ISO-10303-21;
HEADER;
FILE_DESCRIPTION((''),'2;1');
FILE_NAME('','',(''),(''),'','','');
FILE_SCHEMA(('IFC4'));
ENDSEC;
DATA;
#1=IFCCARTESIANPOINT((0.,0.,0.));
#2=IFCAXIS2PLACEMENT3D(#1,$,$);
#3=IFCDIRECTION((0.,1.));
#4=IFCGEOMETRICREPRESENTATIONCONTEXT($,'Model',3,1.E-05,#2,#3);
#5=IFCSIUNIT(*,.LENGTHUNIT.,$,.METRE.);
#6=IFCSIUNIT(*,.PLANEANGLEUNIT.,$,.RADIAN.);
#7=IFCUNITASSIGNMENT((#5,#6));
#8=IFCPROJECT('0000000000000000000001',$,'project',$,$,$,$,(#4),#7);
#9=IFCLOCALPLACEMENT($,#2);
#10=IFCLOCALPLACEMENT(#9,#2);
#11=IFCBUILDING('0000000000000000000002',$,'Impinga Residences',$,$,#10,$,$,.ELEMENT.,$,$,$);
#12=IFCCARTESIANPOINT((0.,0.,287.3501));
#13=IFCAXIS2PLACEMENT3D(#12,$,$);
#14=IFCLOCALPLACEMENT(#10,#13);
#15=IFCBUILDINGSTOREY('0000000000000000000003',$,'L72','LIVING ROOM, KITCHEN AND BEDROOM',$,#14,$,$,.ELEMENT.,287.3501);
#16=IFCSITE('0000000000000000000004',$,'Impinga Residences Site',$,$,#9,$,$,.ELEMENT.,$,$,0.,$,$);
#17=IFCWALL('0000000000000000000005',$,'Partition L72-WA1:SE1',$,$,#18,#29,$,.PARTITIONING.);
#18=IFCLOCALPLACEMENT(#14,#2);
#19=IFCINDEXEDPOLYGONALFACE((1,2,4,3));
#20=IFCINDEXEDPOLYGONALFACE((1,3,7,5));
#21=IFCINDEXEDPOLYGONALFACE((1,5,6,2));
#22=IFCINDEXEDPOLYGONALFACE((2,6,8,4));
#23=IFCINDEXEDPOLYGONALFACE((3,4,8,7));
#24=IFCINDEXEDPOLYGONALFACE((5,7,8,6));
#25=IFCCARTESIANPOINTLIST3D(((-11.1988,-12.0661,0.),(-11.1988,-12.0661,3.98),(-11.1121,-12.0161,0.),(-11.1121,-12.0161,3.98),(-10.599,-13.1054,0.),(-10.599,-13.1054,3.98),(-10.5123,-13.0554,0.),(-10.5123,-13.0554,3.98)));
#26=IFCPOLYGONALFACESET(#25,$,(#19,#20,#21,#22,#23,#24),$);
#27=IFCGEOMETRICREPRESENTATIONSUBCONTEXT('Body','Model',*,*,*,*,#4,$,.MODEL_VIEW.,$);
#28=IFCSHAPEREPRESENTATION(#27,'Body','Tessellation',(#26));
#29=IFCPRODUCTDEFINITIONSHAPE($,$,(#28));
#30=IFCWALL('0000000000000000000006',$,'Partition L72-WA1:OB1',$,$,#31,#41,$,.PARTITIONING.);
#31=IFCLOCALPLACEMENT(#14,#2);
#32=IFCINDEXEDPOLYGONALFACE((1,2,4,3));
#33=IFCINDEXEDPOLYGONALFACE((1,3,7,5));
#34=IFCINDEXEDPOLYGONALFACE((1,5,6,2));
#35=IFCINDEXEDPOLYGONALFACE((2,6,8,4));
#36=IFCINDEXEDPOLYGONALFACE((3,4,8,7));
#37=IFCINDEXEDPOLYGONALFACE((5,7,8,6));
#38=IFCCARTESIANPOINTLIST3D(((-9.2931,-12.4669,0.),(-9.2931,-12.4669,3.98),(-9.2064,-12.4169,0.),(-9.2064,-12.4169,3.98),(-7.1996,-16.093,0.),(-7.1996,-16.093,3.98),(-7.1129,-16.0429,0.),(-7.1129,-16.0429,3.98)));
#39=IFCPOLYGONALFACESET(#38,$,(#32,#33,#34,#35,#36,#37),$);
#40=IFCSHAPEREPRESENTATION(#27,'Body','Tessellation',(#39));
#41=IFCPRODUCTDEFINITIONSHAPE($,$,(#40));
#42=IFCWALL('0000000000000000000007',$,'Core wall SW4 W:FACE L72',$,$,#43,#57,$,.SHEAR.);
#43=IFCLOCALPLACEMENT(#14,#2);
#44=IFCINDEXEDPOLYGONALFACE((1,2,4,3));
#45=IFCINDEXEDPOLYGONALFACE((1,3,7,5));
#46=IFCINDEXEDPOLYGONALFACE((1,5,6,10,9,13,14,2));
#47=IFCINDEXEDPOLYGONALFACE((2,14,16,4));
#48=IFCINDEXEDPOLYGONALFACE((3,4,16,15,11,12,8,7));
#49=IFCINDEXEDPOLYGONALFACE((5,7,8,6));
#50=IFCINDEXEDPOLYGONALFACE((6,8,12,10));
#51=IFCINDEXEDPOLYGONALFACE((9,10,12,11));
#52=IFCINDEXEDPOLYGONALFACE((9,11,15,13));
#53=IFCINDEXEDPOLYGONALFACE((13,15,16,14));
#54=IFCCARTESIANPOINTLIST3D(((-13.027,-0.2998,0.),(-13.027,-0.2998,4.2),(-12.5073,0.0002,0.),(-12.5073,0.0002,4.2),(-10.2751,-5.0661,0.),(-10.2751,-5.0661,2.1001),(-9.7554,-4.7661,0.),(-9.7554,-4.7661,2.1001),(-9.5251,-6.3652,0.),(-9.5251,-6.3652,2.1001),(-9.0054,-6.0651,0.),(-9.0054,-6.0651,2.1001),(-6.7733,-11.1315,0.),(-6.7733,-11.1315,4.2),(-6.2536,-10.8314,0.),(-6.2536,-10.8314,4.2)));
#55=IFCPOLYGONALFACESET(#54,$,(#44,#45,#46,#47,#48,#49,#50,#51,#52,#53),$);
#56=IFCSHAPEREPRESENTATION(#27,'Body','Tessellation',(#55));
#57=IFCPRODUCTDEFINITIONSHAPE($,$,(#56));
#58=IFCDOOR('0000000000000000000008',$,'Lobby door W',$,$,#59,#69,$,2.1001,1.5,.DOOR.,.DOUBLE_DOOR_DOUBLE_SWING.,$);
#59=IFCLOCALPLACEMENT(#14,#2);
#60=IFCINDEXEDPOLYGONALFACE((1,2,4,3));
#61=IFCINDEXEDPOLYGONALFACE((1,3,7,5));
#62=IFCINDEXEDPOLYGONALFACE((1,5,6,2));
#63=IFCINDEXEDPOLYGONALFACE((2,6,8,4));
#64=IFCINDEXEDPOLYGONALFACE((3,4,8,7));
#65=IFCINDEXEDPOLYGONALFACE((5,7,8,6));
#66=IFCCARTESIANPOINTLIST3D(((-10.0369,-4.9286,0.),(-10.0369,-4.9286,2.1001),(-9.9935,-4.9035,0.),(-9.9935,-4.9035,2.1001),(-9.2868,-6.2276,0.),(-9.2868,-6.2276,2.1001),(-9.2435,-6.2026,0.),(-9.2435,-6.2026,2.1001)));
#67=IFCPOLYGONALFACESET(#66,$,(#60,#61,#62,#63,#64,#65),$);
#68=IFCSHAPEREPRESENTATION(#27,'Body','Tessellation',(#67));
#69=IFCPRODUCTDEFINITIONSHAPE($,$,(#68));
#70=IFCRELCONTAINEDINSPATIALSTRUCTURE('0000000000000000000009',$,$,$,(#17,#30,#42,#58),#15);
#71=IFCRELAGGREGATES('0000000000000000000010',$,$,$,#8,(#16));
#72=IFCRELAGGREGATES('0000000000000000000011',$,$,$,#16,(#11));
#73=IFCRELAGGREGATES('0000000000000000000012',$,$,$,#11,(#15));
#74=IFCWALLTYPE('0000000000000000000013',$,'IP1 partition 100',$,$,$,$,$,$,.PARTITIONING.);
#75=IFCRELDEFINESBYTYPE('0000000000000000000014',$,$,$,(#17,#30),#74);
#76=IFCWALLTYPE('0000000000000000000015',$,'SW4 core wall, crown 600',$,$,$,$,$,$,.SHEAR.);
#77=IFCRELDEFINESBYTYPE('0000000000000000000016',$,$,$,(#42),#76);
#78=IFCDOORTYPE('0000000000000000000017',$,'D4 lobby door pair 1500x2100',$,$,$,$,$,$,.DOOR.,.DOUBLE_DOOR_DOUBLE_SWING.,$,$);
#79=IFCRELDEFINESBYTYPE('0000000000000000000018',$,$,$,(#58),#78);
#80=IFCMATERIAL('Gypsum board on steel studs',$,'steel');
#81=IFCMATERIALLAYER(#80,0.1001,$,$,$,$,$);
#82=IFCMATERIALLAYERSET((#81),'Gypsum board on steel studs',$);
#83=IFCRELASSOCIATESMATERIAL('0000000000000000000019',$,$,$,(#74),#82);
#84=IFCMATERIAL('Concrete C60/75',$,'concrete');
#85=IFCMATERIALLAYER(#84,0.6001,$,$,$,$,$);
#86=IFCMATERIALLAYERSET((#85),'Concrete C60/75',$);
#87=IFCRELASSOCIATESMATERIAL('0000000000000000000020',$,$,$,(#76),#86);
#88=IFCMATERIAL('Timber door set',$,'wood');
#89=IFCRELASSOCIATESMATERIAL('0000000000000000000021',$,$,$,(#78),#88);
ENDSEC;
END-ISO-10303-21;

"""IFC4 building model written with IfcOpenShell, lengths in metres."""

from ifc_helpers import new_model, si_unit, direction, frame, frame_2d, origin, place, context, subcontext, project, spatial, rectangle, extrude, material, layer, layer_set, type_object, element, fill, save


model = new_model("IFC4")

# Units and contexts
model_context = context("Model", 3, precision=1e-05, world=origin(), true_north=direction((0.0, 1.0)))
body_context = subcontext(model_context, "Body", "Model", "MODEL_VIEW")
ifc_project = project(units=[si_unit("LENGTHUNIT", "METRE"), si_unit("PLANEANGLEUNIT", "RADIAN")], contexts=[model_context])

# Site, building, storey
site_placement = place(None, origin())
site = spatial("IfcSite", under=ifc_project, at=site_placement, Name="Impinga Residences Site", CompositionType="ELEMENT", RefElevation=0.0)
building_placement = place(site_placement, origin())
building = spatial("IfcBuilding", under=site, at=building_placement, Name="Impinga Residences", CompositionType="ELEMENT")
storey_placement = place(building_placement, frame((0.0, 0.0, 287.3501)))
storey = spatial("IfcBuildingStorey", under=building, at=storey_placement, Name="L72", Description="LIVING ROOM, KITCHEN AND BEDROOM", CompositionType="ELEMENT", Elevation=287.3501)

# Shared definitions
ifc_material_1 = material(Name="Concrete C60/75", Category="concrete")

# Shared definitions
ifc_material_2 = material(Name="Gypsum board on steel studs", Category="steel")
ifc_layer_1 = layer(ifc_material_2, 0.1001)
ifc_layer_set_1 = layer_set([ifc_layer_1], Name="Gypsum board on steel studs")
wall_type_1 = type_object("IfcWallType", Name="IP1 partition 100", PredefinedType="PARTITIONING", material=ifc_layer_set_1)

# Shared definitions
ifc_material_3 = material(Name="Timber door set", Category="wood")

# Walls
wall_1_placement = place(storey_placement, frame((-11.1555, -12.041, 0.0), z_axis=(0.0, 0.0, 1.0), x_axis=(0.499881, -0.866094, 0.0)))
element("IfcWall", 1, at=wall_1_placement, inside=storey, type_object=wall_type_1, Name="Partition L72-WA1:SE1", PredefinedType="PARTITIONING", context=body_context, shape_type="SweptSolid", body=[
    extrude(rectangle(XDim=1.2, YDim=0.1001, at=frame_2d((0.6001, 0.0))), origin(), (0.0, 0.0, 1.0), 3.98),
])
wall_2_placement = place(storey_placement, frame((-9.2498, -12.4419, 0.0), z_axis=(0.0, 0.0, 1.0), x_axis=(0.500008, -0.866021, 0.0)))
element("IfcWall", 2, at=wall_2_placement, inside=storey, type_object=wall_type_1, Name="Partition L72-WA1:OB1", PredefinedType="PARTITIONING", context=body_context, shape_type="SweptSolid", body=[
    extrude(rectangle(XDim=4.187, YDim=0.1001, at=frame_2d((2.0935, 0.0))), origin(), (0.0, 0.0, 1.0), 3.98),
])

# Wall, opening, door
ifc_layer_2 = layer(ifc_material_1, 0.6001)
ifc_layer_set_2 = layer_set([ifc_layer_2], Name="Concrete C60/75")
wall_type_2 = type_object("IfcWallType", Name="SW4 core wall, crown 600", PredefinedType="SHEAR", material=ifc_layer_set_2)
wall_3_placement = place(storey_placement, frame((-6.5134, -10.9814, 0.0), z_axis=(0.0, 0.0, 1.0), x_axis=(-0.500004, 0.866023, 0.0)))
wall_3 = element("IfcWall", 3, at=wall_3_placement, inside=storey, type_object=wall_type_2, Name="Core wall SW4 W:FACE L72", PredefinedType="SHEAR", context=body_context, shape_type="SweptSolid", body=[
    extrude(rectangle(XDim=12.5073, YDim=0.6001, at=frame_2d((6.2537, 0.0))), origin(), (0.0, 0.0, 1.0), 4.2),
])
opening_1_placement = place(wall_3_placement, frame((5.5037, 0.0, 0.0)))
opening_1 = element("IfcOpeningElement", 4, at=opening_1_placement, cuts=wall_3, PredefinedType="OPENING", context=body_context, shape_type="SweptSolid", body=[
    extrude(rectangle(XDim=1.5, YDim=2.1001, at=frame_2d((0.75, 1.05))), frame((0.0, 0.3101, 0.0), z_axis=(0.0, -1.0, 0.0), x_axis=(1.0, 0.0, 0.0)), (0.0, 0.0, 1.0), 0.6201),
])
door_type_1 = type_object("IfcDoorType", Name="D4 lobby door pair 1500x2100", OperationType="DOUBLE_DOOR_DOUBLE_SWING", PredefinedType="DOOR", material=ifc_material_3)
door_1_placement = place(opening_1_placement, origin())
door_1 = element("IfcDoor", 5, at=door_1_placement, inside=storey, type_object=door_type_1, Name="Lobby door W", OperationType="DOUBLE_DOOR_DOUBLE_SWING", OverallHeight=2.1001, OverallWidth=1.5, PredefinedType="DOOR", context=body_context, shape_type="SweptSolid", body=[
    extrude(rectangle(XDim=1.5, YDim=2.1001, at=frame_2d((0.75, 1.05))), frame((0.0, 0.0249, 0.0), z_axis=(0.0, -1.0, 0.0), x_axis=(1.0, 0.0, 0.0)), (0.0, 0.0, 1.0), 0.05),
])
fill(opening_1, door_1)

save(model, "model.ifc")
